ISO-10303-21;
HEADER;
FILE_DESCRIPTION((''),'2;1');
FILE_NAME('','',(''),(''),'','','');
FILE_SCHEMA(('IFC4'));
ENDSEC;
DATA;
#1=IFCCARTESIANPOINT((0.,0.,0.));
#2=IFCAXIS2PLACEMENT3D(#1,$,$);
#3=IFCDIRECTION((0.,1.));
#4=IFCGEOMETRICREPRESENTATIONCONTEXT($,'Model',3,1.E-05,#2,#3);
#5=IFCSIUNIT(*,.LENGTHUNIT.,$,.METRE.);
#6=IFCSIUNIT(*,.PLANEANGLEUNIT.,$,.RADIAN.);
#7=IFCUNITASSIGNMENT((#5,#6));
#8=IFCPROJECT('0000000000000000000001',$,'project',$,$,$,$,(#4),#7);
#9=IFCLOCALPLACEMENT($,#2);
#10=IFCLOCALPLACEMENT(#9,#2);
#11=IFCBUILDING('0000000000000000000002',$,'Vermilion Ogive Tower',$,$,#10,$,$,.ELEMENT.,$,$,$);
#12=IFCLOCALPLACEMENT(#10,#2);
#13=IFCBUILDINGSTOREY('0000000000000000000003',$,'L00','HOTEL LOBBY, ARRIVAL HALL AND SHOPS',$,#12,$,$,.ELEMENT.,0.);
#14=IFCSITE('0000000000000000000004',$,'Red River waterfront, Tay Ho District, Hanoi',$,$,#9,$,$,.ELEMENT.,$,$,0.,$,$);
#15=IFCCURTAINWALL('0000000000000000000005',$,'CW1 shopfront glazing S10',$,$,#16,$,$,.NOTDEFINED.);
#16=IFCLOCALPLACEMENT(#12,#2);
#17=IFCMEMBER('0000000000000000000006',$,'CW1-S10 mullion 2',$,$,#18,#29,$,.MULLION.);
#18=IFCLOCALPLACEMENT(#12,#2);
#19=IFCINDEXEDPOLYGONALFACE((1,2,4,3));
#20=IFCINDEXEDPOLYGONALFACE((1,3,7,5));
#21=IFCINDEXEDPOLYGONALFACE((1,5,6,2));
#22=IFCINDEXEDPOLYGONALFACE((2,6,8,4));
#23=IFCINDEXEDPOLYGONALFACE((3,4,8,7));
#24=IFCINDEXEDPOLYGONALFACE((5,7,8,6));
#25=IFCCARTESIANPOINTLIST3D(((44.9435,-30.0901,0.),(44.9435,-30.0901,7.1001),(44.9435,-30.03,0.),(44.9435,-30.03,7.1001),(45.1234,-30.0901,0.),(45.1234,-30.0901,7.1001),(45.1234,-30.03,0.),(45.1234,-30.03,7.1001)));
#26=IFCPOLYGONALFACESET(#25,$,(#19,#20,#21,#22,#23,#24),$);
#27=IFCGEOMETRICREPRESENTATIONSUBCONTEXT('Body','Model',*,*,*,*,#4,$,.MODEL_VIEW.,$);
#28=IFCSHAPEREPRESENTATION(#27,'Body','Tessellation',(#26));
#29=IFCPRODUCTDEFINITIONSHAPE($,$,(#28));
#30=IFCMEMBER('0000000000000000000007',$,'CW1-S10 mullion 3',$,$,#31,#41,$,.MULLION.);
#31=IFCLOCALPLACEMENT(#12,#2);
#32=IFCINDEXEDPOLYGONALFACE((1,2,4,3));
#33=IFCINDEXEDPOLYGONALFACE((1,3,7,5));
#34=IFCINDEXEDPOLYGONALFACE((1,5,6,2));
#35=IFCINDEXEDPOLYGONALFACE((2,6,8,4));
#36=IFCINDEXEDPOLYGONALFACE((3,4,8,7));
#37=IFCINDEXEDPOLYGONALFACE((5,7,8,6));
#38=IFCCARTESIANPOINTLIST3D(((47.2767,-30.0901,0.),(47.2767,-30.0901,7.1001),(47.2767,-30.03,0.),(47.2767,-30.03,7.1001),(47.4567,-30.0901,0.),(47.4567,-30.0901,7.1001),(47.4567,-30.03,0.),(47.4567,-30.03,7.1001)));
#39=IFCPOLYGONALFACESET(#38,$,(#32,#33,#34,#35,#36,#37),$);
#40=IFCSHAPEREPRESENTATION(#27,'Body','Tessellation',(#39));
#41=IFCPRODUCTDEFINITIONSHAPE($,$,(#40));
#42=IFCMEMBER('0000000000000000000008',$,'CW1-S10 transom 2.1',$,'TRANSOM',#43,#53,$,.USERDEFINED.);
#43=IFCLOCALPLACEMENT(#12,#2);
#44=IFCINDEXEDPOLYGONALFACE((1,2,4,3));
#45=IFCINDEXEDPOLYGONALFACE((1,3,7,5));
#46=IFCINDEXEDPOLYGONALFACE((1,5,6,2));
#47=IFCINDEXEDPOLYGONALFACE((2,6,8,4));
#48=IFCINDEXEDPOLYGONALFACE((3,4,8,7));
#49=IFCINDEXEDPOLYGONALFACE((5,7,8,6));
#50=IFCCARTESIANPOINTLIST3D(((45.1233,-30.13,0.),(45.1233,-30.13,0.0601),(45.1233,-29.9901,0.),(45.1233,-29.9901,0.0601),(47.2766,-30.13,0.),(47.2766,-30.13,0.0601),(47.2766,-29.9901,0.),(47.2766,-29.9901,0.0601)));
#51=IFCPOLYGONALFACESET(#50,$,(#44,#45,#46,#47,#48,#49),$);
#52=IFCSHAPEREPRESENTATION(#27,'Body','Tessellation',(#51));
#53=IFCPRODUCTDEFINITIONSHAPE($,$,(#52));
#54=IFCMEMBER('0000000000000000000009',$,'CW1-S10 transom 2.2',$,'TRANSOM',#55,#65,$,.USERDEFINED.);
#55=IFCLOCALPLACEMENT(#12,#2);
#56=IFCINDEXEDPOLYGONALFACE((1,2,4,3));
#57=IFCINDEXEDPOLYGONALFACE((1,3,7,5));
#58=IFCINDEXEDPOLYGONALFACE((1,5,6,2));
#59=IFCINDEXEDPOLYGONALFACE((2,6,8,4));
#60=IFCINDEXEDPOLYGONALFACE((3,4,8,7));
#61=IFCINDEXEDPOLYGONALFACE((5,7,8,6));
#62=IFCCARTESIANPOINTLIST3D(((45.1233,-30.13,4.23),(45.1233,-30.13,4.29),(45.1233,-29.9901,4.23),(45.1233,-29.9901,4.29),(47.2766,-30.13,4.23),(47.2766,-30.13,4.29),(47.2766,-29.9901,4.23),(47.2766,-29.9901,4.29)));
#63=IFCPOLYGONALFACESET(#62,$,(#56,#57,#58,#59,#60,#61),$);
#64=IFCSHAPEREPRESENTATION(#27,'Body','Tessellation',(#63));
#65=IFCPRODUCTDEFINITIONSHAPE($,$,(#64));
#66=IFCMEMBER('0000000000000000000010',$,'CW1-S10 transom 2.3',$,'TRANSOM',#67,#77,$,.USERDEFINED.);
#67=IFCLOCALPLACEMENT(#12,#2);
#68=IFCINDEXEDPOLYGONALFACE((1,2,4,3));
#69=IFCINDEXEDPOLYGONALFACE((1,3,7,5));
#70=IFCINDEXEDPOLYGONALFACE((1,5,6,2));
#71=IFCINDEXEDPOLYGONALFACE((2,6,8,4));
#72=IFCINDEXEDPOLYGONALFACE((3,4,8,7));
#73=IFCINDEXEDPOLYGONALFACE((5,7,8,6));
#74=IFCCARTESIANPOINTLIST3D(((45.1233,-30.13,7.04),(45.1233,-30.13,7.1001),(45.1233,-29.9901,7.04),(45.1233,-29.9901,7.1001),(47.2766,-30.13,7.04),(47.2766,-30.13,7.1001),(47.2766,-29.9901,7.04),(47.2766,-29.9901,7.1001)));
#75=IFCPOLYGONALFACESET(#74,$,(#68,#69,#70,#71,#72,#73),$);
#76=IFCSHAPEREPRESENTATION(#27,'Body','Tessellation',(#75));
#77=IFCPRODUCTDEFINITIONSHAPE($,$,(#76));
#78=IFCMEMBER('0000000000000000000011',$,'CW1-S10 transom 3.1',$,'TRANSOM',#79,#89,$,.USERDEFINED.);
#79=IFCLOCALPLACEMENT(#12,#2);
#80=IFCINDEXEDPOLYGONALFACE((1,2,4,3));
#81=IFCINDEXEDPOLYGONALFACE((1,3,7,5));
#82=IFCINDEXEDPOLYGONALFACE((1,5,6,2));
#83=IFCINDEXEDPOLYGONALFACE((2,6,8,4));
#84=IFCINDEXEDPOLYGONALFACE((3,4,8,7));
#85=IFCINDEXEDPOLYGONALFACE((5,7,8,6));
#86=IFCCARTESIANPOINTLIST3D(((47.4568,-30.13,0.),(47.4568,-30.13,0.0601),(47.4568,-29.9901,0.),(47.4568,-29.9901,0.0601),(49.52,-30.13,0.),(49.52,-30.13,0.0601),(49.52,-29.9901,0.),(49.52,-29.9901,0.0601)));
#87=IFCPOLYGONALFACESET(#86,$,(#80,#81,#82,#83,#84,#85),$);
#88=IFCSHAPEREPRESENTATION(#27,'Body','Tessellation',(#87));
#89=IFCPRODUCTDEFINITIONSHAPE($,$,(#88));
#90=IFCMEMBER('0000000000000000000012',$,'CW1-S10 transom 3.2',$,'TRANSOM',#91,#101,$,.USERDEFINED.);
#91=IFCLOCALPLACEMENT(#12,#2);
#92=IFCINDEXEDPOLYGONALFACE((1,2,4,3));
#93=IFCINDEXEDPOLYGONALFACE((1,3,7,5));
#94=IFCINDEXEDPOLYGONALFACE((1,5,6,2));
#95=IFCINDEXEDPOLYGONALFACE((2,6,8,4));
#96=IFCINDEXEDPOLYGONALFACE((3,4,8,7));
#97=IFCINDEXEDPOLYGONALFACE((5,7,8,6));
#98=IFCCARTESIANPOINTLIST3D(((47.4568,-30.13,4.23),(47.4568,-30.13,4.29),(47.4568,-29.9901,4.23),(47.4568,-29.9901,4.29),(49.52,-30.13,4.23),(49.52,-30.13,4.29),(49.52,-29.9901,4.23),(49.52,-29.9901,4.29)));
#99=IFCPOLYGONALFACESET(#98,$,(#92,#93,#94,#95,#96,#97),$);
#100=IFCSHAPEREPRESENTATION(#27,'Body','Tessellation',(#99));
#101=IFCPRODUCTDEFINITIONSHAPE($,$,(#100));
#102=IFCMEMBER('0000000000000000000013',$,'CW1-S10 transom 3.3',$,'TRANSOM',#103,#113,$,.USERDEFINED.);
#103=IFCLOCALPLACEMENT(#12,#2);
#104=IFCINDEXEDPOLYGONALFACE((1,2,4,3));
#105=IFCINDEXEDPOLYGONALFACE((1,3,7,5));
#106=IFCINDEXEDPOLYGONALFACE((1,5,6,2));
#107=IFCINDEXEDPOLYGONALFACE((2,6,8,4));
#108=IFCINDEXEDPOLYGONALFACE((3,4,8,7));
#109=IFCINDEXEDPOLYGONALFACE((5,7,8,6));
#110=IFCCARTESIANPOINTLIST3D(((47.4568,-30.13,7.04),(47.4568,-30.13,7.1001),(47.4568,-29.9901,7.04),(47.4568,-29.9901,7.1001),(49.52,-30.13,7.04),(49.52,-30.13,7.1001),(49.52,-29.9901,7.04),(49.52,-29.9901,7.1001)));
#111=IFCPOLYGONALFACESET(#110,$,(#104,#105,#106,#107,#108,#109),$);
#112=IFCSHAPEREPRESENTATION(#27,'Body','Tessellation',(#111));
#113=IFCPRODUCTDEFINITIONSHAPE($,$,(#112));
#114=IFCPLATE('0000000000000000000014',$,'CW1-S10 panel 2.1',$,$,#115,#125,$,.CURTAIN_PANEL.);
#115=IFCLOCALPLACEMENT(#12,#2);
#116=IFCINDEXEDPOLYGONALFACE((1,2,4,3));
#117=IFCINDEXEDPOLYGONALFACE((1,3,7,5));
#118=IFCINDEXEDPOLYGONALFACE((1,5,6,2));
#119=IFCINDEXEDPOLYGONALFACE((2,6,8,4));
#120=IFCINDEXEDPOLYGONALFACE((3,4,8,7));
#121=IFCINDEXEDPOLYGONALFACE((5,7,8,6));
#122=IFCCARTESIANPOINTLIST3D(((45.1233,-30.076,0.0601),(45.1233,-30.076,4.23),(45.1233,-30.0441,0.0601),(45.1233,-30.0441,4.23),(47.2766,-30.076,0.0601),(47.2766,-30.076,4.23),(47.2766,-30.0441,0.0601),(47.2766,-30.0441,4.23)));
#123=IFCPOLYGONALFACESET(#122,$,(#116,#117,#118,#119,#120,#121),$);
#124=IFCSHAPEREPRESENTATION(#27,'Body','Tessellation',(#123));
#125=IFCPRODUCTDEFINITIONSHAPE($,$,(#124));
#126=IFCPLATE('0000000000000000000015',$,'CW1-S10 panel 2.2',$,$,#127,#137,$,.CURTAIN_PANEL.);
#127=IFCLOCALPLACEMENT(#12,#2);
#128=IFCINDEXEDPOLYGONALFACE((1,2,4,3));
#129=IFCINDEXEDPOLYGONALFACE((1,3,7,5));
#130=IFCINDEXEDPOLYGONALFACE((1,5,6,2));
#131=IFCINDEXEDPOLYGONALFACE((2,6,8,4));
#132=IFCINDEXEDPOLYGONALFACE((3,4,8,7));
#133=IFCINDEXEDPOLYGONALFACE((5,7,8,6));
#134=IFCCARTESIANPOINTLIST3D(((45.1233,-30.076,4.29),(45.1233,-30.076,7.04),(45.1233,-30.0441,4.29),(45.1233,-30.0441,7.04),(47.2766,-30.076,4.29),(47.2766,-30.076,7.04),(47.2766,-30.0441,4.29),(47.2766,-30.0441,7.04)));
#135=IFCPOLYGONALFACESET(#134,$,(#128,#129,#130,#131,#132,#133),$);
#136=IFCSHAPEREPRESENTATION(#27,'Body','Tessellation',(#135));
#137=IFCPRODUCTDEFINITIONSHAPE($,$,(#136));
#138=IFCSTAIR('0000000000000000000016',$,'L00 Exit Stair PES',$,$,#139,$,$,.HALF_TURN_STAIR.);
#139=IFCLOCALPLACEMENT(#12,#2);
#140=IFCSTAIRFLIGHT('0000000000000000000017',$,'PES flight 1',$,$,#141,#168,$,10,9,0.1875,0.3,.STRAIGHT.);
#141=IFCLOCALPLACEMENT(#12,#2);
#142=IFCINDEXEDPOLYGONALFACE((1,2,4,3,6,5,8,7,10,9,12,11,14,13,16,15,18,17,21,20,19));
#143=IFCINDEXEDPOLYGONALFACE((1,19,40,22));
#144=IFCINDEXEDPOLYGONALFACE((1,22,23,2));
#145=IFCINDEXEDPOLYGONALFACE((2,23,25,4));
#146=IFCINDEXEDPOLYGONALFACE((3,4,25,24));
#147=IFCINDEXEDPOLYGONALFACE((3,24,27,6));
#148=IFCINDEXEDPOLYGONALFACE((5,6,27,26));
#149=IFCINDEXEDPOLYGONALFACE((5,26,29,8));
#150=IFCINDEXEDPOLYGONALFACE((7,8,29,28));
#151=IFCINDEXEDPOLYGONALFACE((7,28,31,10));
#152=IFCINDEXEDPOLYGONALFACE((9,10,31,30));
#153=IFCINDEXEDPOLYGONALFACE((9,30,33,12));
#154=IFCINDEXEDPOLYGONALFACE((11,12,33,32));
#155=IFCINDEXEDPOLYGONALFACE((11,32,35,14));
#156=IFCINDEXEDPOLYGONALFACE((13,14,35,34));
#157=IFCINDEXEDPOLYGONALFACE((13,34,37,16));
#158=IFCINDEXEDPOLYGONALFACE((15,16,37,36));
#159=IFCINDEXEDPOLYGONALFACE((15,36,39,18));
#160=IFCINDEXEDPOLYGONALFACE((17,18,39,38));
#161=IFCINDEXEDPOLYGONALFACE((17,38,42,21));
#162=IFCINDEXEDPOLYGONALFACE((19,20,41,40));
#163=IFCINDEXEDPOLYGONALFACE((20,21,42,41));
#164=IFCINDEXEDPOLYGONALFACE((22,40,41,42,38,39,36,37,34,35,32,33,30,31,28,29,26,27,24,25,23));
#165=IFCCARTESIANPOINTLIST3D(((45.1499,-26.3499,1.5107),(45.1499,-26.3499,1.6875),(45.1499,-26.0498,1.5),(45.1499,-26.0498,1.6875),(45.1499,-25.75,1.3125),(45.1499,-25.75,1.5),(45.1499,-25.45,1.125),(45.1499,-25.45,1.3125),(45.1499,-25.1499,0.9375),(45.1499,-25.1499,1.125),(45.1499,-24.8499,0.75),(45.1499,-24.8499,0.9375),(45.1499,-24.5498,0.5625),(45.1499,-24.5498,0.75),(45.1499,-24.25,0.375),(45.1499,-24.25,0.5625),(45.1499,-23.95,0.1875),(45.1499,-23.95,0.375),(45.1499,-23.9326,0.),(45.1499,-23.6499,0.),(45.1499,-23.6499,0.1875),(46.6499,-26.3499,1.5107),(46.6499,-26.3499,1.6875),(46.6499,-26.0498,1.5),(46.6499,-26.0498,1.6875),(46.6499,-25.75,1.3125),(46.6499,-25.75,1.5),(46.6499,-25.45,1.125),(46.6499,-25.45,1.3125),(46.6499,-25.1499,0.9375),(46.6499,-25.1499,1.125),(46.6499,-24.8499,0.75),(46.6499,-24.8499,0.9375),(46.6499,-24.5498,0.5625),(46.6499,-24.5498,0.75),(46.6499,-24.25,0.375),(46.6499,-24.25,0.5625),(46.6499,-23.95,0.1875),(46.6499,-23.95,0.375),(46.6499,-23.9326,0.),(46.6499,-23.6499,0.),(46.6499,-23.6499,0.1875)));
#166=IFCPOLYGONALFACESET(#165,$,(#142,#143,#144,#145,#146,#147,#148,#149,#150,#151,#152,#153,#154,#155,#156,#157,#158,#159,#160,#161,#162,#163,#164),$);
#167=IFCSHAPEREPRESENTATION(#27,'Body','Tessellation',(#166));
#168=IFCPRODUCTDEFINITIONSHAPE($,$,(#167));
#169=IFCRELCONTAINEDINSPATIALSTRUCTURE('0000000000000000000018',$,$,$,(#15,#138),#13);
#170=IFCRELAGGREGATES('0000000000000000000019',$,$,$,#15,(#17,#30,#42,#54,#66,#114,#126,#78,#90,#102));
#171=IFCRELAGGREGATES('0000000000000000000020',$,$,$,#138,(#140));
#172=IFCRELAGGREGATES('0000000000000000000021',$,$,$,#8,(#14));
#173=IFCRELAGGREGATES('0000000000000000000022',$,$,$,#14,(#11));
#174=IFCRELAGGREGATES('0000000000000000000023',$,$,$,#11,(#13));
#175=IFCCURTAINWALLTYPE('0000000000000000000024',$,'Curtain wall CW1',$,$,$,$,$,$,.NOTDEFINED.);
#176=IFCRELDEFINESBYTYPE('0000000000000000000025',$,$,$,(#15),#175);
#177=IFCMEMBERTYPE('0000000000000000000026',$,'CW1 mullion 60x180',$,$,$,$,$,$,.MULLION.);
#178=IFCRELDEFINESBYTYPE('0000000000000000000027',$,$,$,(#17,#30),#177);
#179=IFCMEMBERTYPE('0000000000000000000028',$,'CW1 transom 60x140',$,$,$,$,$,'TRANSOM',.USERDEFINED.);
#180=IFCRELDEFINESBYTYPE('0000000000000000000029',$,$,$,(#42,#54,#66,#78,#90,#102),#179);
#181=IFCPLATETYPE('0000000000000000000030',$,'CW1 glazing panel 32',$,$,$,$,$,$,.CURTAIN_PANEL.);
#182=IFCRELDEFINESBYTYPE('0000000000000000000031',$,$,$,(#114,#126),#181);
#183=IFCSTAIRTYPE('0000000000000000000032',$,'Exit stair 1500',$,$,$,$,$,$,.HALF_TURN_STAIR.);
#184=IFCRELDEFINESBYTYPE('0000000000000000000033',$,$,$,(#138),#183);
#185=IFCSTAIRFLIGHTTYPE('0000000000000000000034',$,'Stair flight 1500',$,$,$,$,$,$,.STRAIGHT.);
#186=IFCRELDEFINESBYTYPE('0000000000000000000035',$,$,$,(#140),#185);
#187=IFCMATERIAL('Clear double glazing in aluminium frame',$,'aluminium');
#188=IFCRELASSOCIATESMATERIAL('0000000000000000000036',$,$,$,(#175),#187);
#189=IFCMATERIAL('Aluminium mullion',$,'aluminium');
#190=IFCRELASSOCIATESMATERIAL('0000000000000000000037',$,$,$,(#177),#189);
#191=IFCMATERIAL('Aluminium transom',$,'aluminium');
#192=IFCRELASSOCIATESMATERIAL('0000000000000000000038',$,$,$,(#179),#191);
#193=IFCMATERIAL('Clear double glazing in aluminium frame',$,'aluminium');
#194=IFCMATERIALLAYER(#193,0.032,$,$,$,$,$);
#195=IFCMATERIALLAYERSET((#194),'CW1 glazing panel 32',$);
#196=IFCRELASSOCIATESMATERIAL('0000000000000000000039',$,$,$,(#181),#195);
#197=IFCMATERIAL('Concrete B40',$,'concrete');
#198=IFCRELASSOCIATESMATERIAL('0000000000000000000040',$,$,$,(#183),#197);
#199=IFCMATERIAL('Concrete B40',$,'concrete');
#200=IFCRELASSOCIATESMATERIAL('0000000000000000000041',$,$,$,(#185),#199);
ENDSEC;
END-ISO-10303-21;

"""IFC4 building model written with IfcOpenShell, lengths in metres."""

from ifc_helpers import new_model, si_unit, direction, frame, origin, origin_2d, place, context, subcontext, project, spatial, polyline, rectangle, outline, extrude, material, layer, layer_set, material_profile, profile_set, type_object, element, aggregate, save


model = new_model("IFC4")

# Units and contexts
model_context = context("Model", 3, precision=1e-05, world=origin(), true_north=direction((0.0, 1.0)))
body_context = subcontext(model_context, "Body", "Model", "MODEL_VIEW")
ifc_project = project(units=[si_unit("LENGTHUNIT", "METRE"), si_unit("PLANEANGLEUNIT", "RADIAN")], contexts=[model_context])

# Site, building, storey
site_placement = place(None, origin())
site = spatial("IfcSite", under=ifc_project, at=site_placement, Name="Red River waterfront, Tay Ho District, Hanoi", CompositionType="ELEMENT", RefElevation=0.0)
building_placement = place(site_placement, origin())
building = spatial("IfcBuilding", under=site, at=building_placement, Name="Vermilion Ogive Tower", CompositionType="ELEMENT")
storey_placement = place(building_placement, origin())
storey = spatial("IfcBuildingStorey", under=building, at=storey_placement, Name="L00", Description="HOTEL LOBBY, ARRIVAL HALL AND SHOPS", CompositionType="ELEMENT", Elevation=0.0)

# Curtain wall, members, plates
ifc_material_1 = material(Name="Clear double glazing in aluminium frame", Category="aluminium")
curtain_wall_type = type_object("IfcCurtainWallType", Name="Curtain wall CW1", PredefinedType="NOTDEFINED", material=ifc_material_1)
curtain_wall_placement = place(storey_placement, origin())
curtain_wall = element("IfcCurtainWall", 1, at=curtain_wall_placement, inside=storey, type_object=curtain_wall_type, Name="CW1 shopfront glazing S10", PredefinedType="NOTDEFINED")
ifc_material_2 = material(Name="Aluminium mullion", Category="aluminium")
ifc_material_profile_1 = material_profile(ifc_material_2, rectangle(XDim=0.0601, YDim=0.1799, at=origin_2d()), Name="AL 60x180")
ifc_profile_set_1 = profile_set([ifc_material_profile_1], Name="Aluminium mullion")
member_type_1 = type_object("IfcMemberType", Name="CW1 mullion 60x180", PredefinedType="MULLION", material=ifc_profile_set_1)
member_1_placement = place(storey_placement, frame((45.0334, -30.0601, 0.0), z_axis=(0.0, 0.0, 1.0), x_axis=(0.0, 1.0, 0.0)))
member_1 = element("IfcMember", 2, at=member_1_placement, type_object=member_type_1, Name="CW1-S10 mullion 2", PredefinedType="MULLION", context=body_context, shape_type="SweptSolid", body=[
    extrude(rectangle(XDim=0.0601, YDim=0.1799, at=origin_2d()), origin(), (0.0, 0.0, 1.0), 7.1001),
])
member_2_placement = place(storey_placement, frame((47.3667, -30.0601, 0.0), z_axis=(0.0, 0.0, 1.0), x_axis=(0.0, 1.0, 0.0)))
member_2 = element("IfcMember", 3, at=member_2_placement, type_object=member_type_1, Name="CW1-S10 mullion 3", PredefinedType="MULLION", context=body_context, shape_type="SweptSolid", body=[
    extrude(rectangle(XDim=0.0601, YDim=0.1799, at=origin_2d()), origin(), (0.0, 0.0, 1.0), 7.1001),
])
ifc_material_3 = material(Name="Aluminium transom", Category="aluminium")
ifc_material_profile_2 = material_profile(ifc_material_3, rectangle(XDim=0.1399, YDim=0.0601, at=origin_2d()), Name="AL 60x140")
ifc_profile_set_2 = profile_set([ifc_material_profile_2], Name="Aluminium transom")
member_type_2 = type_object("IfcMemberType", Name="CW1 transom 60x140", ElementType="TRANSOM", PredefinedType="USERDEFINED", material=ifc_profile_set_2)
member_3_placement = place(storey_placement, frame((45.1233, -30.0601, 0.03), z_axis=(1.0, 0.0, 0.0), x_axis=(0.0, 1.0, 0.0)))
member_3 = element("IfcMember", 4, at=member_3_placement, type_object=member_type_2, Name="CW1-S10 transom 2.1", ObjectType="TRANSOM", PredefinedType="USERDEFINED", context=body_context, shape_type="SweptSolid", body=[
    extrude(rectangle(XDim=0.1399, YDim=0.0601, at=origin_2d()), origin(), (0.0, 0.0, 1.0), 2.1533),
])
member_4_placement = place(storey_placement, frame((45.1233, -30.0601, 4.26), z_axis=(1.0, 0.0, 0.0), x_axis=(0.0, 1.0, 0.0)))
member_4 = element("IfcMember", 5, at=member_4_placement, type_object=member_type_2, Name="CW1-S10 transom 2.2", ObjectType="TRANSOM", PredefinedType="USERDEFINED", context=body_context, shape_type="SweptSolid", body=[
    extrude(rectangle(XDim=0.1399, YDim=0.0601, at=origin_2d()), origin(), (0.0, 0.0, 1.0), 2.1533),
])
member_5_placement = place(storey_placement, frame((45.1233, -30.0601, 7.0701), z_axis=(1.0, 0.0, 0.0), x_axis=(0.0, 1.0, 0.0)))
member_5 = element("IfcMember", 6, at=member_5_placement, type_object=member_type_2, Name="CW1-S10 transom 2.3", ObjectType="TRANSOM", PredefinedType="USERDEFINED", context=body_context, shape_type="SweptSolid", body=[
    extrude(rectangle(XDim=0.1399, YDim=0.0601, at=origin_2d()), origin(), (0.0, 0.0, 1.0), 2.1533),
])
member_6_placement = place(storey_placement, frame((47.4568, -30.0601, 0.03), z_axis=(1.0, 0.0, 0.0), x_axis=(0.0, 1.0, 0.0)))
member_6 = element("IfcMember", 7, at=member_6_placement, type_object=member_type_2, Name="CW1-S10 transom 3.1", ObjectType="TRANSOM", PredefinedType="USERDEFINED", context=body_context, shape_type="SweptSolid", body=[
    extrude(rectangle(XDim=0.1399, YDim=0.0601, at=origin_2d()), origin(), (0.0, 0.0, 1.0), 2.0632),
])
member_7_placement = place(storey_placement, frame((47.4568, -30.0601, 4.26), z_axis=(1.0, 0.0, 0.0), x_axis=(0.0, 1.0, 0.0)))
member_7 = element("IfcMember", 8, at=member_7_placement, type_object=member_type_2, Name="CW1-S10 transom 3.2", ObjectType="TRANSOM", PredefinedType="USERDEFINED", context=body_context, shape_type="SweptSolid", body=[
    extrude(rectangle(XDim=0.1399, YDim=0.0601, at=origin_2d()), origin(), (0.0, 0.0, 1.0), 2.0632),
])
member_8_placement = place(storey_placement, frame((47.4568, -30.0601, 7.0701), z_axis=(1.0, 0.0, 0.0), x_axis=(0.0, 1.0, 0.0)))
member_8 = element("IfcMember", 9, at=member_8_placement, type_object=member_type_2, Name="CW1-S10 transom 3.3", ObjectType="TRANSOM", PredefinedType="USERDEFINED", context=body_context, shape_type="SweptSolid", body=[
    extrude(rectangle(XDim=0.1399, YDim=0.0601, at=origin_2d()), origin(), (0.0, 0.0, 1.0), 2.0632),
])
ifc_material_4 = material(Name="Clear double glazing in aluminium frame", Category="aluminium")
ifc_layer = layer(ifc_material_4, 0.032)
ifc_layer_set = layer_set([ifc_layer], Name="CW1 glazing panel 32")
plate_type = type_object("IfcPlateType", Name="CW1 glazing panel 32", PredefinedType="CURTAIN_PANEL", material=ifc_layer_set)
plate_1_placement = place(storey_placement, frame((46.2, -30.0601, 0.0601), z_axis=(0.0, 0.0, 1.0), x_axis=(1.0, 0.0, 0.0)))
plate_1 = element("IfcPlate", 10, at=plate_1_placement, type_object=plate_type, Name="CW1-S10 panel 2.1", PredefinedType="CURTAIN_PANEL", context=body_context, shape_type="SweptSolid", body=[
    extrude(rectangle(XDim=2.1533, YDim=0.032, at=origin_2d()), origin(), (0.0, 0.0, 1.0), 4.1699),
])
plate_2_placement = place(storey_placement, frame((46.2, -30.0601, 4.29), z_axis=(0.0, 0.0, 1.0), x_axis=(1.0, 0.0, 0.0)))
plate_2 = element("IfcPlate", 11, at=plate_2_placement, type_object=plate_type, Name="CW1-S10 panel 2.2", PredefinedType="CURTAIN_PANEL", context=body_context, shape_type="SweptSolid", body=[
    extrude(rectangle(XDim=2.1533, YDim=0.032, at=origin_2d()), origin(), (0.0, 0.0, 1.0), 2.75),
])
aggregate(curtain_wall, [member_1, member_2, member_3, member_4, member_5, plate_1, plate_2, member_6, member_7, member_8])

# Stair, stair flight
ifc_material_5 = material(Name="Concrete B40", Category="concrete")
stair_type = type_object("IfcStairType", Name="Exit stair 1500", PredefinedType="HALF_TURN_STAIR", material=ifc_material_5)
stair_placement = place(storey_placement, origin())
stair = element("IfcStair", 12, at=stair_placement, inside=storey, type_object=stair_type, Name="L00 Exit Stair PES", PredefinedType="HALF_TURN_STAIR")
ifc_material_6 = material(Name="Concrete B40", Category="concrete")
stair_flight_type = type_object("IfcStairFlightType", Name="Stair flight 1500", PredefinedType="STRAIGHT", material=ifc_material_6)
stair_flight_1_placement = place(storey_placement, frame((45.8999, -23.6499, 0.0), z_axis=(0.0, 0.0, 1.0), x_axis=(0.0, -1.0, 0.0)))
stair_flight_1 = element("IfcStairFlight", 13, at=stair_flight_1_placement, type_object=stair_flight_type, Name="PES flight 1", NumberOfRisers=10, NumberOfTreads=9, PredefinedType="STRAIGHT", RiserHeight=0.1875, TreadLength=0.3, context=body_context, shape_type="SweptSolid", body=[
    extrude(outline(polyline([(0.0, 0.0), (0.0, 0.1875), (0.3, 0.1875), (0.3, 0.375), (0.6001, 0.375), (0.6001, 0.5625), (0.8999, 0.5625), (0.8999, 0.75), (1.2, 0.75), (1.2, 0.9375), (1.5, 0.9375), (1.5, 1.125), (1.8, 1.125), (1.8, 1.3125), (2.1001, 1.3125), (2.1001, 1.5), (2.3999, 1.5), (2.3999, 1.6875), (2.7, 1.6875), (2.7, 1.875), (2.7, 1.5107), (0.2827, 0.0), (0.0, 0.0)])), frame((0.0, 0.75, 0.0), z_axis=(0.0, -1.0, 0.0), x_axis=(1.0, 0.0, 0.0)), (0.0, 0.0, 1.0), 1.5),
])
aggregate(stair, [stair_flight_1])

save(model, "model.ifc")
